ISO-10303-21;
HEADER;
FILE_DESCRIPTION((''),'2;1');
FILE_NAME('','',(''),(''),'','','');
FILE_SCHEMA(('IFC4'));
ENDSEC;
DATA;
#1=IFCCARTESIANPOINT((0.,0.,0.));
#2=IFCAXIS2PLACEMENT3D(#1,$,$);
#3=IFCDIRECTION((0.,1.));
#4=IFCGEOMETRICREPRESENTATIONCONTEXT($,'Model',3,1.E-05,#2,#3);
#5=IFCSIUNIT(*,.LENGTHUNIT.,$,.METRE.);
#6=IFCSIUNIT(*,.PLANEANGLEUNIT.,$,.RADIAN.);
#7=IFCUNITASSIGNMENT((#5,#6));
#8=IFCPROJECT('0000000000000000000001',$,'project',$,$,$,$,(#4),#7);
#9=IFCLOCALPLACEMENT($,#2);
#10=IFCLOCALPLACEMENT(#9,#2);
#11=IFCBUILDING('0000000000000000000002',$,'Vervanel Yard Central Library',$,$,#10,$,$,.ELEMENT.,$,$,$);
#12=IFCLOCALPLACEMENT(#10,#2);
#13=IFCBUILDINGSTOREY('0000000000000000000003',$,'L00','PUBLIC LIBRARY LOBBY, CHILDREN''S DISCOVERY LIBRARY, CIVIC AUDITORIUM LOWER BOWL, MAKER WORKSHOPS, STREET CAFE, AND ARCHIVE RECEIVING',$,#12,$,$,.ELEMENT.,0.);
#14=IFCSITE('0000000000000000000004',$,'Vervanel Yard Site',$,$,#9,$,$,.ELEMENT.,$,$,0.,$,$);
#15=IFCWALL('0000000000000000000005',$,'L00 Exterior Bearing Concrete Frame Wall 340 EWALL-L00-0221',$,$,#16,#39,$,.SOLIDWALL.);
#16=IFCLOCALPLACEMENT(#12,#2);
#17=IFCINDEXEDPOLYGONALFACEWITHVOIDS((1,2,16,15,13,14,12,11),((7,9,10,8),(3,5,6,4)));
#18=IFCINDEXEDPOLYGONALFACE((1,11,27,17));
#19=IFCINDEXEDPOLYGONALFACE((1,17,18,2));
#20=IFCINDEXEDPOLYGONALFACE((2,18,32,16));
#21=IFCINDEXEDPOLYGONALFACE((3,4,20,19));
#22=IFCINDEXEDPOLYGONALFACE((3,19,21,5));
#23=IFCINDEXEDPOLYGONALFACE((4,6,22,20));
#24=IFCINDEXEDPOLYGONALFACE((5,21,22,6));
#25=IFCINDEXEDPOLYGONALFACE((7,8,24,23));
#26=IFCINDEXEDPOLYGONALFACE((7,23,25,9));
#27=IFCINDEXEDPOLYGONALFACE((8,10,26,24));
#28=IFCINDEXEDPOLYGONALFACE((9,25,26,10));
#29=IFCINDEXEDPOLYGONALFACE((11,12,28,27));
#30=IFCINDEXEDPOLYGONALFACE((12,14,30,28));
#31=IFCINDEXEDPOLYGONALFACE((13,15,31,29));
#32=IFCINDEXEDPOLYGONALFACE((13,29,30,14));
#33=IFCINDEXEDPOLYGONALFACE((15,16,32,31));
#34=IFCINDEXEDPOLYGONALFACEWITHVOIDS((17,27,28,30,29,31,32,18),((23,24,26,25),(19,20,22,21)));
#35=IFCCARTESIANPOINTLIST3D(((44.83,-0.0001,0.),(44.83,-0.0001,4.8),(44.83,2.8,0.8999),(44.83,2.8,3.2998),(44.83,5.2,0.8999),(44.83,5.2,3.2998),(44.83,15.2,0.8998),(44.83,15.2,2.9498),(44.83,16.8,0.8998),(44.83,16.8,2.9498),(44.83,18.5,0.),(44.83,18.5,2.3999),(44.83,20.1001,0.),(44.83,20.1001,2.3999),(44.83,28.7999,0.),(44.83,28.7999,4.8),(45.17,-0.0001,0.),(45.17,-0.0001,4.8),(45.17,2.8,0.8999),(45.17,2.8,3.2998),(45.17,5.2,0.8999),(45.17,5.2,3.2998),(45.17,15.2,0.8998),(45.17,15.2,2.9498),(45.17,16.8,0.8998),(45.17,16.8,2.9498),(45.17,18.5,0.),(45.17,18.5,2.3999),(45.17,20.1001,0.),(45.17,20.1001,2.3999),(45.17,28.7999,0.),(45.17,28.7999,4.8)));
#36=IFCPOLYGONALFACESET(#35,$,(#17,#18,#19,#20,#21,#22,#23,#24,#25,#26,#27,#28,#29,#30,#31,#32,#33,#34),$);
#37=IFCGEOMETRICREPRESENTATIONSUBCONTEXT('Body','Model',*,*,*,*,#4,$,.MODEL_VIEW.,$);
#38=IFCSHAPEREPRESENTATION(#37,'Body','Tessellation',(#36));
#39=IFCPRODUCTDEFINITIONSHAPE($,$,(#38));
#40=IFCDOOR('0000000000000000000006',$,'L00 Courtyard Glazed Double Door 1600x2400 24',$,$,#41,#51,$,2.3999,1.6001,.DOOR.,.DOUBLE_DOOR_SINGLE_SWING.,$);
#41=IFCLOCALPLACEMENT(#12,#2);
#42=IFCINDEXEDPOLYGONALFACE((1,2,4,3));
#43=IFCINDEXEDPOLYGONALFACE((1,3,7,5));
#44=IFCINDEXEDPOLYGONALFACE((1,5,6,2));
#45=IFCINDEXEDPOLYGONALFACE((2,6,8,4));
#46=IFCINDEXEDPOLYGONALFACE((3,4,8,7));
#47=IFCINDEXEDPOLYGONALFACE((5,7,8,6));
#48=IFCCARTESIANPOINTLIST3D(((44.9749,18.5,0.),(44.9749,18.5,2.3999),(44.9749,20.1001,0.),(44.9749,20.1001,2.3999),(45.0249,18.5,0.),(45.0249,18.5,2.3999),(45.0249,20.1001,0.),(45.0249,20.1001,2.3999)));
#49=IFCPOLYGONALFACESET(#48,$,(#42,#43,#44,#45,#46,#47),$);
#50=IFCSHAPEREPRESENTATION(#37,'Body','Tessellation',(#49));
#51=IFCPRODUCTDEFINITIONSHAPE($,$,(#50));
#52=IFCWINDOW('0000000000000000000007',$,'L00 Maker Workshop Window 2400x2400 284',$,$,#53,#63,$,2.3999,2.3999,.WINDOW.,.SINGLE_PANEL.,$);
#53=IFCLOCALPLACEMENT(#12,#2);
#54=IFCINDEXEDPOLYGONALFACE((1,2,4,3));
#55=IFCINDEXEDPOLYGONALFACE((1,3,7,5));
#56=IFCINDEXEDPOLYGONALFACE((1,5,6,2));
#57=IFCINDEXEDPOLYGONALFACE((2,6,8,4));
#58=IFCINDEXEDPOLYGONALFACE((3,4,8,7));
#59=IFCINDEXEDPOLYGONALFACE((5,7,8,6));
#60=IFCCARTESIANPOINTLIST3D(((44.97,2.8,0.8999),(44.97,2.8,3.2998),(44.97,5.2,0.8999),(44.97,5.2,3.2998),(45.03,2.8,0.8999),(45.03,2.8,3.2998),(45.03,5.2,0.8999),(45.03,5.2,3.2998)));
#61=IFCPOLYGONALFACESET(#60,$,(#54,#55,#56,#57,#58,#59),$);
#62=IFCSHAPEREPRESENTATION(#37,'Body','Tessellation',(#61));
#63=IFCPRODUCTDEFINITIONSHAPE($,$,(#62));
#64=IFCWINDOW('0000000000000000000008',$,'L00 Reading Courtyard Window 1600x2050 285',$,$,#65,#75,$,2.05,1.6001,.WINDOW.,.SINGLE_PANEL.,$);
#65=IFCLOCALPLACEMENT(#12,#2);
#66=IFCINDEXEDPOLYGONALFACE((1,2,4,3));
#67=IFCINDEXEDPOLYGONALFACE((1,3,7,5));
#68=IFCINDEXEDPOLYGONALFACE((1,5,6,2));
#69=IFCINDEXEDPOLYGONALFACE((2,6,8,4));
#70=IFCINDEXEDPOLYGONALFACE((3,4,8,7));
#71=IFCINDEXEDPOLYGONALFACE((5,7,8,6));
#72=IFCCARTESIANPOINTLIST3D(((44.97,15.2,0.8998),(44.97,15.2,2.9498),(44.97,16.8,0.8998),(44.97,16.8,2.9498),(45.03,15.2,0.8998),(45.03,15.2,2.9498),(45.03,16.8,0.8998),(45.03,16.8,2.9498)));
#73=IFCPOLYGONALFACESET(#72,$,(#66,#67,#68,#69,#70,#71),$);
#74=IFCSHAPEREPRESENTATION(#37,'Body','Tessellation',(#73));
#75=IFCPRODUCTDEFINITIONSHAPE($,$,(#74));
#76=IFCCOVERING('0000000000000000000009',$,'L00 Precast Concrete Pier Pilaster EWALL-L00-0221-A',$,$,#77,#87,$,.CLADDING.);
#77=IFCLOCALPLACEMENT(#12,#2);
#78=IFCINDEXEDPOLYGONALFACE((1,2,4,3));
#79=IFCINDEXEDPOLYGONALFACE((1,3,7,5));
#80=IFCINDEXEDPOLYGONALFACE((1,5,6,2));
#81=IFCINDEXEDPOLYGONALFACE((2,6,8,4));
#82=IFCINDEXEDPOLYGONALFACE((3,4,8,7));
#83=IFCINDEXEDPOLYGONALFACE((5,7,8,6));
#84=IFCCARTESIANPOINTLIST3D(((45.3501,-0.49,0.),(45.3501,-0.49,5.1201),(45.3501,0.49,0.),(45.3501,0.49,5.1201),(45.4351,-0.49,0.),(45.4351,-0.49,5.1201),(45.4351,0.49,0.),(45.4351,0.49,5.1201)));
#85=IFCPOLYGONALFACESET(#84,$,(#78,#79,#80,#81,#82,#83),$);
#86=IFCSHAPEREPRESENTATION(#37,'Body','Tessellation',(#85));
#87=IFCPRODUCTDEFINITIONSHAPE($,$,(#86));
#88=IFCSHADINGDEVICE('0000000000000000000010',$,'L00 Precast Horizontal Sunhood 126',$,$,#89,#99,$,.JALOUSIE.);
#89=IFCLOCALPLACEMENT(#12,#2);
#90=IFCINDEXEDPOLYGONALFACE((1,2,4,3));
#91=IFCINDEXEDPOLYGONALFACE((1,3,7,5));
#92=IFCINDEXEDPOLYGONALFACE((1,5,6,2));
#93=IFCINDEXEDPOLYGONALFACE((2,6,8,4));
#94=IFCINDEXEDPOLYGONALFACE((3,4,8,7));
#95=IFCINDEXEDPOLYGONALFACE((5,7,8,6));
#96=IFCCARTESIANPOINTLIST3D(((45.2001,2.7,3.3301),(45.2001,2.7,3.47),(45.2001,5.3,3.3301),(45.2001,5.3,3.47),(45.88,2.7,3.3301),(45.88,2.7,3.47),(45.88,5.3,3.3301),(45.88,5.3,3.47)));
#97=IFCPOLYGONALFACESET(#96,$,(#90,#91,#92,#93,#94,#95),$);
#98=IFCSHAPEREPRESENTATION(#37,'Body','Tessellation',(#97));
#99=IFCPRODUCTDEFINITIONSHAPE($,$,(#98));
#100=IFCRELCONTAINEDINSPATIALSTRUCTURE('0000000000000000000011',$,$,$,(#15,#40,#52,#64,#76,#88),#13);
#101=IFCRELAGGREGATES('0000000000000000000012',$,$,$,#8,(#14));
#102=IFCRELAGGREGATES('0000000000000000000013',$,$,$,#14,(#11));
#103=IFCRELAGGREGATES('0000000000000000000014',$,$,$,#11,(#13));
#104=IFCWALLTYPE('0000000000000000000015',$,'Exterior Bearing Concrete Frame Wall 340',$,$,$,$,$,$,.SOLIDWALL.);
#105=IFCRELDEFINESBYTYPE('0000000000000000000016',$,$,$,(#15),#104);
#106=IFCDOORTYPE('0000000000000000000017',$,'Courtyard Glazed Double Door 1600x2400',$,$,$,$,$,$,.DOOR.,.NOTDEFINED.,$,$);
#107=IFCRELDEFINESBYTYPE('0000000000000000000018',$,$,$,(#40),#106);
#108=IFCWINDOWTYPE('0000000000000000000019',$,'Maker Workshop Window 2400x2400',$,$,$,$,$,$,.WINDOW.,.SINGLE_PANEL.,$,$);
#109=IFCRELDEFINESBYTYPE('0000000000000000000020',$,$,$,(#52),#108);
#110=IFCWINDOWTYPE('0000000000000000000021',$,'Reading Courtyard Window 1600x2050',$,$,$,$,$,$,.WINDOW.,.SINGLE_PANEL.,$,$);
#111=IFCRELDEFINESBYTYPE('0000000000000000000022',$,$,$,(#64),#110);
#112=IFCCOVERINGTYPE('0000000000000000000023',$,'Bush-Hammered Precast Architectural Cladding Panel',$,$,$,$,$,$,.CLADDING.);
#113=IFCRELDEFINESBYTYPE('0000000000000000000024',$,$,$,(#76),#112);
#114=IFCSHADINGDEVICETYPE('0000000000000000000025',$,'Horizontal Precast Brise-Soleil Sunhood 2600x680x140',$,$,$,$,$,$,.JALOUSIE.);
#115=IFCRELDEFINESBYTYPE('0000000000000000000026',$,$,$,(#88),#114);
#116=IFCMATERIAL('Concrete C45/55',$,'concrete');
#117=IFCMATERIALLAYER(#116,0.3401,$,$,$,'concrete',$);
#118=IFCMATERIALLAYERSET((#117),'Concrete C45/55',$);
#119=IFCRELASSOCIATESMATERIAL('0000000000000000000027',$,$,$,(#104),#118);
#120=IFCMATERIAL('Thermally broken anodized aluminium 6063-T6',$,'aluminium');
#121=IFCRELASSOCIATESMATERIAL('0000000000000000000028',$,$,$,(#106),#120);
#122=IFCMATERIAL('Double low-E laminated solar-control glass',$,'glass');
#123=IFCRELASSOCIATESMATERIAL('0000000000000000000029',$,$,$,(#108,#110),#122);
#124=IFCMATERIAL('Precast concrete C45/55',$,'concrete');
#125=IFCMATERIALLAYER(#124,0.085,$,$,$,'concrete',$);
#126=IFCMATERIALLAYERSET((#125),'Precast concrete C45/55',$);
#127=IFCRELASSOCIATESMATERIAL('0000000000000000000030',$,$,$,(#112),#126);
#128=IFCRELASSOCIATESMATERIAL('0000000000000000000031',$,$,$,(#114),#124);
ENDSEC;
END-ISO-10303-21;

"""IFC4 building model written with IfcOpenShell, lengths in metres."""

from ifc_helpers import new_model, si_unit, direction, frame, frame_2d, origin, origin_2d, place, context, subcontext, project, spatial, rectangle, extrude, material, layer, layer_set, type_object, element, fill, save


model = new_model("IFC4")

# Units and contexts
model_context = context("Model", 3, precision=1e-05, world=origin(), true_north=direction((0.0, 1.0)))
body_context = subcontext(model_context, "Body", "Model", "MODEL_VIEW")
ifc_project = project(units=[si_unit("LENGTHUNIT", "METRE"), si_unit("PLANEANGLEUNIT", "RADIAN")], contexts=[model_context])

# Site, building, storey
site_placement = place(None, origin())
site = spatial("IfcSite", under=ifc_project, at=site_placement, Name="Vervanel Yard Site", CompositionType="ELEMENT", RefElevation=0.0)
building_placement = place(site_placement, origin())
building = spatial("IfcBuilding", under=site, at=building_placement, Name="Vervanel Yard Central Library", CompositionType="ELEMENT")
storey_placement = place(building_placement, origin())
storey = spatial("IfcBuildingStorey", under=building, at=storey_placement, Name="L00", Description="PUBLIC LIBRARY LOBBY, CHILDREN'S DISCOVERY LIBRARY, CIVIC AUDITORIUM LOWER BOWL, MAKER WORKSHOPS, STREET CAFE, AND ARCHIVE RECEIVING", CompositionType="ELEMENT", Elevation=0.0)

# Shared definitions
ifc_material_1 = material(Name="Thermally broken anodized aluminium 6063-T6", Category="aluminium")

# Wall, openings, door, windows
ifc_material_2 = material(Name="Concrete C45/55", Category="concrete")
ifc_layer_1 = layer(ifc_material_2, 0.3401, Category="concrete")
ifc_layer_set_1 = layer_set([ifc_layer_1], Name="Concrete C45/55")
wall_type = type_object("IfcWallType", Name="Exterior Bearing Concrete Frame Wall 340", PredefinedType="SOLIDWALL", material=ifc_layer_set_1)
wall_placement = place(storey_placement, frame((45.0, 0.0, 0.0), z_axis=(0.0, 0.0, 1.0), x_axis=(0.0, 1.0, 0.0)))
wall = element("IfcWall", 1, at=wall_placement, inside=storey, type_object=wall_type, Name="L00 Exterior Bearing Concrete Frame Wall 340 EWALL-L00-0221", PredefinedType="SOLIDWALL", context=body_context, shape_type="SweptSolid", body=[
    extrude(rectangle(XDim=28.8, YDim=0.3401, at=frame_2d((14.3999, 0.0))), origin(), (0.0, 0.0, 1.0), 4.8),
])
opening_1_placement = place(wall_placement, frame((18.5, 0.0, 0.0)))
opening_1 = element("IfcOpeningElement", 2, at=opening_1_placement, cuts=wall, PredefinedType="OPENING", context=body_context, shape_type="SweptSolid", body=[
    extrude(rectangle(XDim=1.6001, YDim=2.3999, at=frame_2d((0.8, 1.2))), frame((0.0, 0.1799, 0.0), z_axis=(0.0, -1.0, 0.0), x_axis=(1.0, 0.0, 0.0)), (0.0, 0.0, 1.0), 0.3601),
])
opening_2_placement = place(wall_placement, frame((2.8, 0.0, 0.8999)))
opening_2 = element("IfcOpeningElement", 3, at=opening_2_placement, cuts=wall, PredefinedType="OPENING", context=body_context, shape_type="SweptSolid", body=[
    extrude(rectangle(XDim=2.3999, YDim=2.3999, at=frame_2d((1.2, 1.2))), frame((0.0, 0.1799, 0.0), z_axis=(0.0, -1.0, 0.0), x_axis=(1.0, 0.0, 0.0)), (0.0, 0.0, 1.0), 0.3601),
])
opening_3_placement = place(wall_placement, frame((15.2, 0.0, 0.8999)))
opening_3 = element("IfcOpeningElement", 4, at=opening_3_placement, cuts=wall, PredefinedType="OPENING", context=body_context, shape_type="SweptSolid", body=[
    extrude(rectangle(XDim=1.6001, YDim=2.05, at=frame_2d((0.8, 1.0249))), frame((0.0, 0.1799, 0.0), z_axis=(0.0, -1.0, 0.0), x_axis=(1.0, 0.0, 0.0)), (0.0, 0.0, 1.0), 0.3601),
])
door_type = type_object("IfcDoorType", Name="Courtyard Glazed Double Door 1600x2400", OperationType="NOTDEFINED", PredefinedType="DOOR", material=ifc_material_1)
door_placement = place(opening_1_placement, frame((1.6001, 0.0, 0.0), z_axis=(0.0, 0.0, 1.0), x_axis=(-1.0, 0.0, 0.0)))
door = element("IfcDoor", 5, at=door_placement, inside=storey, type_object=door_type, Name="L00 Courtyard Glazed Double Door 1600x2400 24", OperationType="DOUBLE_DOOR_SINGLE_SWING", OverallHeight=2.3999, OverallWidth=1.6001, PredefinedType="DOOR", context=body_context, shape_type="SweptSolid", body=[
    extrude(rectangle(XDim=1.6001, YDim=2.3999, at=frame_2d((0.8, 1.2))), frame((0.0, 0.0249, 0.0), z_axis=(0.0, -1.0, 0.0), x_axis=(1.0, 0.0, 0.0)), (0.0, 0.0, 1.0), 0.05),
])
fill(opening_1, door)
ifc_material_3 = material(Name="Double low-E laminated solar-control glass", Category="glass")
window_type_1 = type_object("IfcWindowType", Name="Maker Workshop Window 2400x2400", PartitioningType="SINGLE_PANEL", PredefinedType="WINDOW", material=ifc_material_3)
window_1_placement = place(opening_2_placement, origin())
window_1 = element("IfcWindow", 6, at=window_1_placement, inside=storey, type_object=window_type_1, Name="L00 Maker Workshop Window 2400x2400 284", OverallHeight=2.3999, OverallWidth=2.3999, PartitioningType="SINGLE_PANEL", PredefinedType="WINDOW", context=body_context, shape_type="SweptSolid", body=[
    extrude(rectangle(XDim=2.3999, YDim=2.3999, at=frame_2d((1.2, 1.2))), frame((0.0, 0.03, 0.0), z_axis=(0.0, -1.0, 0.0), x_axis=(1.0, 0.0, 0.0)), (0.0, 0.0, 1.0), 0.0601),
])
fill(opening_2, window_1)
window_type_2 = type_object("IfcWindowType", Name="Reading Courtyard Window 1600x2050", PartitioningType="SINGLE_PANEL", PredefinedType="WINDOW", material=ifc_material_3)
window_2_placement = place(opening_3_placement, origin())
window_2 = element("IfcWindow", 7, at=window_2_placement, inside=storey, type_object=window_type_2, Name="L00 Reading Courtyard Window 1600x2050 285", OverallHeight=2.05, OverallWidth=1.6001, PartitioningType="SINGLE_PANEL", PredefinedType="WINDOW", context=body_context, shape_type="SweptSolid", body=[
    extrude(rectangle(XDim=1.6001, YDim=2.05, at=frame_2d((0.8, 1.0249))), frame((0.0, 0.03, 0.0), z_axis=(0.0, -1.0, 0.0), x_axis=(1.0, 0.0, 0.0)), (0.0, 0.0, 1.0), 0.0601),
])
fill(opening_3, window_2)

# Covering
ifc_material_4 = material(Name="Precast concrete C45/55", Category="concrete")
ifc_layer_2 = layer(ifc_material_4, 0.085, Category="concrete")
ifc_layer_set_2 = layer_set([ifc_layer_2], Name="Precast concrete C45/55")
covering_type = type_object("IfcCoveringType", Name="Bush-Hammered Precast Architectural Cladding Panel", PredefinedType="CLADDING", material=ifc_layer_set_2)
covering_placement = place(storey_placement, frame((45.3926, 0.0, 0.0), z_axis=(0.0, 0.0, 1.0), x_axis=(0.0, 1.0, 0.0)))
element("IfcCovering", 8, at=covering_placement, inside=storey, type_object=covering_type, Name="L00 Precast Concrete Pier Pilaster EWALL-L00-0221-A", PredefinedType="CLADDING", context=body_context, shape_type="SweptSolid", body=[
    extrude(rectangle(XDim=0.98, YDim=0.085, at=origin_2d()), origin(), (0.0, 0.0, 1.0), 5.1201),
])

# Shading device
shading_device_type_1 = type_object("IfcShadingDeviceType", Name="Horizontal Precast Brise-Soleil Sunhood 2600x680x140", PredefinedType="JALOUSIE", material=ifc_material_4)
shading_device_placement = place(storey_placement, frame((45.54, 4.0, 3.3301), z_axis=(0.0, 0.0, 1.0), x_axis=(0.0, 1.0, 0.0)))
element("IfcShadingDevice", 9, at=shading_device_placement, inside=storey, type_object=shading_device_type_1, Name="L00 Precast Horizontal Sunhood 126", PredefinedType="JALOUSIE", context=body_context, shape_type="SweptSolid", body=[
    extrude(rectangle(XDim=2.6001, YDim=0.6799, at=origin_2d()), origin(), (0.0, 0.0, 1.0), 0.1399),
])

save(model, "model.ifc")
